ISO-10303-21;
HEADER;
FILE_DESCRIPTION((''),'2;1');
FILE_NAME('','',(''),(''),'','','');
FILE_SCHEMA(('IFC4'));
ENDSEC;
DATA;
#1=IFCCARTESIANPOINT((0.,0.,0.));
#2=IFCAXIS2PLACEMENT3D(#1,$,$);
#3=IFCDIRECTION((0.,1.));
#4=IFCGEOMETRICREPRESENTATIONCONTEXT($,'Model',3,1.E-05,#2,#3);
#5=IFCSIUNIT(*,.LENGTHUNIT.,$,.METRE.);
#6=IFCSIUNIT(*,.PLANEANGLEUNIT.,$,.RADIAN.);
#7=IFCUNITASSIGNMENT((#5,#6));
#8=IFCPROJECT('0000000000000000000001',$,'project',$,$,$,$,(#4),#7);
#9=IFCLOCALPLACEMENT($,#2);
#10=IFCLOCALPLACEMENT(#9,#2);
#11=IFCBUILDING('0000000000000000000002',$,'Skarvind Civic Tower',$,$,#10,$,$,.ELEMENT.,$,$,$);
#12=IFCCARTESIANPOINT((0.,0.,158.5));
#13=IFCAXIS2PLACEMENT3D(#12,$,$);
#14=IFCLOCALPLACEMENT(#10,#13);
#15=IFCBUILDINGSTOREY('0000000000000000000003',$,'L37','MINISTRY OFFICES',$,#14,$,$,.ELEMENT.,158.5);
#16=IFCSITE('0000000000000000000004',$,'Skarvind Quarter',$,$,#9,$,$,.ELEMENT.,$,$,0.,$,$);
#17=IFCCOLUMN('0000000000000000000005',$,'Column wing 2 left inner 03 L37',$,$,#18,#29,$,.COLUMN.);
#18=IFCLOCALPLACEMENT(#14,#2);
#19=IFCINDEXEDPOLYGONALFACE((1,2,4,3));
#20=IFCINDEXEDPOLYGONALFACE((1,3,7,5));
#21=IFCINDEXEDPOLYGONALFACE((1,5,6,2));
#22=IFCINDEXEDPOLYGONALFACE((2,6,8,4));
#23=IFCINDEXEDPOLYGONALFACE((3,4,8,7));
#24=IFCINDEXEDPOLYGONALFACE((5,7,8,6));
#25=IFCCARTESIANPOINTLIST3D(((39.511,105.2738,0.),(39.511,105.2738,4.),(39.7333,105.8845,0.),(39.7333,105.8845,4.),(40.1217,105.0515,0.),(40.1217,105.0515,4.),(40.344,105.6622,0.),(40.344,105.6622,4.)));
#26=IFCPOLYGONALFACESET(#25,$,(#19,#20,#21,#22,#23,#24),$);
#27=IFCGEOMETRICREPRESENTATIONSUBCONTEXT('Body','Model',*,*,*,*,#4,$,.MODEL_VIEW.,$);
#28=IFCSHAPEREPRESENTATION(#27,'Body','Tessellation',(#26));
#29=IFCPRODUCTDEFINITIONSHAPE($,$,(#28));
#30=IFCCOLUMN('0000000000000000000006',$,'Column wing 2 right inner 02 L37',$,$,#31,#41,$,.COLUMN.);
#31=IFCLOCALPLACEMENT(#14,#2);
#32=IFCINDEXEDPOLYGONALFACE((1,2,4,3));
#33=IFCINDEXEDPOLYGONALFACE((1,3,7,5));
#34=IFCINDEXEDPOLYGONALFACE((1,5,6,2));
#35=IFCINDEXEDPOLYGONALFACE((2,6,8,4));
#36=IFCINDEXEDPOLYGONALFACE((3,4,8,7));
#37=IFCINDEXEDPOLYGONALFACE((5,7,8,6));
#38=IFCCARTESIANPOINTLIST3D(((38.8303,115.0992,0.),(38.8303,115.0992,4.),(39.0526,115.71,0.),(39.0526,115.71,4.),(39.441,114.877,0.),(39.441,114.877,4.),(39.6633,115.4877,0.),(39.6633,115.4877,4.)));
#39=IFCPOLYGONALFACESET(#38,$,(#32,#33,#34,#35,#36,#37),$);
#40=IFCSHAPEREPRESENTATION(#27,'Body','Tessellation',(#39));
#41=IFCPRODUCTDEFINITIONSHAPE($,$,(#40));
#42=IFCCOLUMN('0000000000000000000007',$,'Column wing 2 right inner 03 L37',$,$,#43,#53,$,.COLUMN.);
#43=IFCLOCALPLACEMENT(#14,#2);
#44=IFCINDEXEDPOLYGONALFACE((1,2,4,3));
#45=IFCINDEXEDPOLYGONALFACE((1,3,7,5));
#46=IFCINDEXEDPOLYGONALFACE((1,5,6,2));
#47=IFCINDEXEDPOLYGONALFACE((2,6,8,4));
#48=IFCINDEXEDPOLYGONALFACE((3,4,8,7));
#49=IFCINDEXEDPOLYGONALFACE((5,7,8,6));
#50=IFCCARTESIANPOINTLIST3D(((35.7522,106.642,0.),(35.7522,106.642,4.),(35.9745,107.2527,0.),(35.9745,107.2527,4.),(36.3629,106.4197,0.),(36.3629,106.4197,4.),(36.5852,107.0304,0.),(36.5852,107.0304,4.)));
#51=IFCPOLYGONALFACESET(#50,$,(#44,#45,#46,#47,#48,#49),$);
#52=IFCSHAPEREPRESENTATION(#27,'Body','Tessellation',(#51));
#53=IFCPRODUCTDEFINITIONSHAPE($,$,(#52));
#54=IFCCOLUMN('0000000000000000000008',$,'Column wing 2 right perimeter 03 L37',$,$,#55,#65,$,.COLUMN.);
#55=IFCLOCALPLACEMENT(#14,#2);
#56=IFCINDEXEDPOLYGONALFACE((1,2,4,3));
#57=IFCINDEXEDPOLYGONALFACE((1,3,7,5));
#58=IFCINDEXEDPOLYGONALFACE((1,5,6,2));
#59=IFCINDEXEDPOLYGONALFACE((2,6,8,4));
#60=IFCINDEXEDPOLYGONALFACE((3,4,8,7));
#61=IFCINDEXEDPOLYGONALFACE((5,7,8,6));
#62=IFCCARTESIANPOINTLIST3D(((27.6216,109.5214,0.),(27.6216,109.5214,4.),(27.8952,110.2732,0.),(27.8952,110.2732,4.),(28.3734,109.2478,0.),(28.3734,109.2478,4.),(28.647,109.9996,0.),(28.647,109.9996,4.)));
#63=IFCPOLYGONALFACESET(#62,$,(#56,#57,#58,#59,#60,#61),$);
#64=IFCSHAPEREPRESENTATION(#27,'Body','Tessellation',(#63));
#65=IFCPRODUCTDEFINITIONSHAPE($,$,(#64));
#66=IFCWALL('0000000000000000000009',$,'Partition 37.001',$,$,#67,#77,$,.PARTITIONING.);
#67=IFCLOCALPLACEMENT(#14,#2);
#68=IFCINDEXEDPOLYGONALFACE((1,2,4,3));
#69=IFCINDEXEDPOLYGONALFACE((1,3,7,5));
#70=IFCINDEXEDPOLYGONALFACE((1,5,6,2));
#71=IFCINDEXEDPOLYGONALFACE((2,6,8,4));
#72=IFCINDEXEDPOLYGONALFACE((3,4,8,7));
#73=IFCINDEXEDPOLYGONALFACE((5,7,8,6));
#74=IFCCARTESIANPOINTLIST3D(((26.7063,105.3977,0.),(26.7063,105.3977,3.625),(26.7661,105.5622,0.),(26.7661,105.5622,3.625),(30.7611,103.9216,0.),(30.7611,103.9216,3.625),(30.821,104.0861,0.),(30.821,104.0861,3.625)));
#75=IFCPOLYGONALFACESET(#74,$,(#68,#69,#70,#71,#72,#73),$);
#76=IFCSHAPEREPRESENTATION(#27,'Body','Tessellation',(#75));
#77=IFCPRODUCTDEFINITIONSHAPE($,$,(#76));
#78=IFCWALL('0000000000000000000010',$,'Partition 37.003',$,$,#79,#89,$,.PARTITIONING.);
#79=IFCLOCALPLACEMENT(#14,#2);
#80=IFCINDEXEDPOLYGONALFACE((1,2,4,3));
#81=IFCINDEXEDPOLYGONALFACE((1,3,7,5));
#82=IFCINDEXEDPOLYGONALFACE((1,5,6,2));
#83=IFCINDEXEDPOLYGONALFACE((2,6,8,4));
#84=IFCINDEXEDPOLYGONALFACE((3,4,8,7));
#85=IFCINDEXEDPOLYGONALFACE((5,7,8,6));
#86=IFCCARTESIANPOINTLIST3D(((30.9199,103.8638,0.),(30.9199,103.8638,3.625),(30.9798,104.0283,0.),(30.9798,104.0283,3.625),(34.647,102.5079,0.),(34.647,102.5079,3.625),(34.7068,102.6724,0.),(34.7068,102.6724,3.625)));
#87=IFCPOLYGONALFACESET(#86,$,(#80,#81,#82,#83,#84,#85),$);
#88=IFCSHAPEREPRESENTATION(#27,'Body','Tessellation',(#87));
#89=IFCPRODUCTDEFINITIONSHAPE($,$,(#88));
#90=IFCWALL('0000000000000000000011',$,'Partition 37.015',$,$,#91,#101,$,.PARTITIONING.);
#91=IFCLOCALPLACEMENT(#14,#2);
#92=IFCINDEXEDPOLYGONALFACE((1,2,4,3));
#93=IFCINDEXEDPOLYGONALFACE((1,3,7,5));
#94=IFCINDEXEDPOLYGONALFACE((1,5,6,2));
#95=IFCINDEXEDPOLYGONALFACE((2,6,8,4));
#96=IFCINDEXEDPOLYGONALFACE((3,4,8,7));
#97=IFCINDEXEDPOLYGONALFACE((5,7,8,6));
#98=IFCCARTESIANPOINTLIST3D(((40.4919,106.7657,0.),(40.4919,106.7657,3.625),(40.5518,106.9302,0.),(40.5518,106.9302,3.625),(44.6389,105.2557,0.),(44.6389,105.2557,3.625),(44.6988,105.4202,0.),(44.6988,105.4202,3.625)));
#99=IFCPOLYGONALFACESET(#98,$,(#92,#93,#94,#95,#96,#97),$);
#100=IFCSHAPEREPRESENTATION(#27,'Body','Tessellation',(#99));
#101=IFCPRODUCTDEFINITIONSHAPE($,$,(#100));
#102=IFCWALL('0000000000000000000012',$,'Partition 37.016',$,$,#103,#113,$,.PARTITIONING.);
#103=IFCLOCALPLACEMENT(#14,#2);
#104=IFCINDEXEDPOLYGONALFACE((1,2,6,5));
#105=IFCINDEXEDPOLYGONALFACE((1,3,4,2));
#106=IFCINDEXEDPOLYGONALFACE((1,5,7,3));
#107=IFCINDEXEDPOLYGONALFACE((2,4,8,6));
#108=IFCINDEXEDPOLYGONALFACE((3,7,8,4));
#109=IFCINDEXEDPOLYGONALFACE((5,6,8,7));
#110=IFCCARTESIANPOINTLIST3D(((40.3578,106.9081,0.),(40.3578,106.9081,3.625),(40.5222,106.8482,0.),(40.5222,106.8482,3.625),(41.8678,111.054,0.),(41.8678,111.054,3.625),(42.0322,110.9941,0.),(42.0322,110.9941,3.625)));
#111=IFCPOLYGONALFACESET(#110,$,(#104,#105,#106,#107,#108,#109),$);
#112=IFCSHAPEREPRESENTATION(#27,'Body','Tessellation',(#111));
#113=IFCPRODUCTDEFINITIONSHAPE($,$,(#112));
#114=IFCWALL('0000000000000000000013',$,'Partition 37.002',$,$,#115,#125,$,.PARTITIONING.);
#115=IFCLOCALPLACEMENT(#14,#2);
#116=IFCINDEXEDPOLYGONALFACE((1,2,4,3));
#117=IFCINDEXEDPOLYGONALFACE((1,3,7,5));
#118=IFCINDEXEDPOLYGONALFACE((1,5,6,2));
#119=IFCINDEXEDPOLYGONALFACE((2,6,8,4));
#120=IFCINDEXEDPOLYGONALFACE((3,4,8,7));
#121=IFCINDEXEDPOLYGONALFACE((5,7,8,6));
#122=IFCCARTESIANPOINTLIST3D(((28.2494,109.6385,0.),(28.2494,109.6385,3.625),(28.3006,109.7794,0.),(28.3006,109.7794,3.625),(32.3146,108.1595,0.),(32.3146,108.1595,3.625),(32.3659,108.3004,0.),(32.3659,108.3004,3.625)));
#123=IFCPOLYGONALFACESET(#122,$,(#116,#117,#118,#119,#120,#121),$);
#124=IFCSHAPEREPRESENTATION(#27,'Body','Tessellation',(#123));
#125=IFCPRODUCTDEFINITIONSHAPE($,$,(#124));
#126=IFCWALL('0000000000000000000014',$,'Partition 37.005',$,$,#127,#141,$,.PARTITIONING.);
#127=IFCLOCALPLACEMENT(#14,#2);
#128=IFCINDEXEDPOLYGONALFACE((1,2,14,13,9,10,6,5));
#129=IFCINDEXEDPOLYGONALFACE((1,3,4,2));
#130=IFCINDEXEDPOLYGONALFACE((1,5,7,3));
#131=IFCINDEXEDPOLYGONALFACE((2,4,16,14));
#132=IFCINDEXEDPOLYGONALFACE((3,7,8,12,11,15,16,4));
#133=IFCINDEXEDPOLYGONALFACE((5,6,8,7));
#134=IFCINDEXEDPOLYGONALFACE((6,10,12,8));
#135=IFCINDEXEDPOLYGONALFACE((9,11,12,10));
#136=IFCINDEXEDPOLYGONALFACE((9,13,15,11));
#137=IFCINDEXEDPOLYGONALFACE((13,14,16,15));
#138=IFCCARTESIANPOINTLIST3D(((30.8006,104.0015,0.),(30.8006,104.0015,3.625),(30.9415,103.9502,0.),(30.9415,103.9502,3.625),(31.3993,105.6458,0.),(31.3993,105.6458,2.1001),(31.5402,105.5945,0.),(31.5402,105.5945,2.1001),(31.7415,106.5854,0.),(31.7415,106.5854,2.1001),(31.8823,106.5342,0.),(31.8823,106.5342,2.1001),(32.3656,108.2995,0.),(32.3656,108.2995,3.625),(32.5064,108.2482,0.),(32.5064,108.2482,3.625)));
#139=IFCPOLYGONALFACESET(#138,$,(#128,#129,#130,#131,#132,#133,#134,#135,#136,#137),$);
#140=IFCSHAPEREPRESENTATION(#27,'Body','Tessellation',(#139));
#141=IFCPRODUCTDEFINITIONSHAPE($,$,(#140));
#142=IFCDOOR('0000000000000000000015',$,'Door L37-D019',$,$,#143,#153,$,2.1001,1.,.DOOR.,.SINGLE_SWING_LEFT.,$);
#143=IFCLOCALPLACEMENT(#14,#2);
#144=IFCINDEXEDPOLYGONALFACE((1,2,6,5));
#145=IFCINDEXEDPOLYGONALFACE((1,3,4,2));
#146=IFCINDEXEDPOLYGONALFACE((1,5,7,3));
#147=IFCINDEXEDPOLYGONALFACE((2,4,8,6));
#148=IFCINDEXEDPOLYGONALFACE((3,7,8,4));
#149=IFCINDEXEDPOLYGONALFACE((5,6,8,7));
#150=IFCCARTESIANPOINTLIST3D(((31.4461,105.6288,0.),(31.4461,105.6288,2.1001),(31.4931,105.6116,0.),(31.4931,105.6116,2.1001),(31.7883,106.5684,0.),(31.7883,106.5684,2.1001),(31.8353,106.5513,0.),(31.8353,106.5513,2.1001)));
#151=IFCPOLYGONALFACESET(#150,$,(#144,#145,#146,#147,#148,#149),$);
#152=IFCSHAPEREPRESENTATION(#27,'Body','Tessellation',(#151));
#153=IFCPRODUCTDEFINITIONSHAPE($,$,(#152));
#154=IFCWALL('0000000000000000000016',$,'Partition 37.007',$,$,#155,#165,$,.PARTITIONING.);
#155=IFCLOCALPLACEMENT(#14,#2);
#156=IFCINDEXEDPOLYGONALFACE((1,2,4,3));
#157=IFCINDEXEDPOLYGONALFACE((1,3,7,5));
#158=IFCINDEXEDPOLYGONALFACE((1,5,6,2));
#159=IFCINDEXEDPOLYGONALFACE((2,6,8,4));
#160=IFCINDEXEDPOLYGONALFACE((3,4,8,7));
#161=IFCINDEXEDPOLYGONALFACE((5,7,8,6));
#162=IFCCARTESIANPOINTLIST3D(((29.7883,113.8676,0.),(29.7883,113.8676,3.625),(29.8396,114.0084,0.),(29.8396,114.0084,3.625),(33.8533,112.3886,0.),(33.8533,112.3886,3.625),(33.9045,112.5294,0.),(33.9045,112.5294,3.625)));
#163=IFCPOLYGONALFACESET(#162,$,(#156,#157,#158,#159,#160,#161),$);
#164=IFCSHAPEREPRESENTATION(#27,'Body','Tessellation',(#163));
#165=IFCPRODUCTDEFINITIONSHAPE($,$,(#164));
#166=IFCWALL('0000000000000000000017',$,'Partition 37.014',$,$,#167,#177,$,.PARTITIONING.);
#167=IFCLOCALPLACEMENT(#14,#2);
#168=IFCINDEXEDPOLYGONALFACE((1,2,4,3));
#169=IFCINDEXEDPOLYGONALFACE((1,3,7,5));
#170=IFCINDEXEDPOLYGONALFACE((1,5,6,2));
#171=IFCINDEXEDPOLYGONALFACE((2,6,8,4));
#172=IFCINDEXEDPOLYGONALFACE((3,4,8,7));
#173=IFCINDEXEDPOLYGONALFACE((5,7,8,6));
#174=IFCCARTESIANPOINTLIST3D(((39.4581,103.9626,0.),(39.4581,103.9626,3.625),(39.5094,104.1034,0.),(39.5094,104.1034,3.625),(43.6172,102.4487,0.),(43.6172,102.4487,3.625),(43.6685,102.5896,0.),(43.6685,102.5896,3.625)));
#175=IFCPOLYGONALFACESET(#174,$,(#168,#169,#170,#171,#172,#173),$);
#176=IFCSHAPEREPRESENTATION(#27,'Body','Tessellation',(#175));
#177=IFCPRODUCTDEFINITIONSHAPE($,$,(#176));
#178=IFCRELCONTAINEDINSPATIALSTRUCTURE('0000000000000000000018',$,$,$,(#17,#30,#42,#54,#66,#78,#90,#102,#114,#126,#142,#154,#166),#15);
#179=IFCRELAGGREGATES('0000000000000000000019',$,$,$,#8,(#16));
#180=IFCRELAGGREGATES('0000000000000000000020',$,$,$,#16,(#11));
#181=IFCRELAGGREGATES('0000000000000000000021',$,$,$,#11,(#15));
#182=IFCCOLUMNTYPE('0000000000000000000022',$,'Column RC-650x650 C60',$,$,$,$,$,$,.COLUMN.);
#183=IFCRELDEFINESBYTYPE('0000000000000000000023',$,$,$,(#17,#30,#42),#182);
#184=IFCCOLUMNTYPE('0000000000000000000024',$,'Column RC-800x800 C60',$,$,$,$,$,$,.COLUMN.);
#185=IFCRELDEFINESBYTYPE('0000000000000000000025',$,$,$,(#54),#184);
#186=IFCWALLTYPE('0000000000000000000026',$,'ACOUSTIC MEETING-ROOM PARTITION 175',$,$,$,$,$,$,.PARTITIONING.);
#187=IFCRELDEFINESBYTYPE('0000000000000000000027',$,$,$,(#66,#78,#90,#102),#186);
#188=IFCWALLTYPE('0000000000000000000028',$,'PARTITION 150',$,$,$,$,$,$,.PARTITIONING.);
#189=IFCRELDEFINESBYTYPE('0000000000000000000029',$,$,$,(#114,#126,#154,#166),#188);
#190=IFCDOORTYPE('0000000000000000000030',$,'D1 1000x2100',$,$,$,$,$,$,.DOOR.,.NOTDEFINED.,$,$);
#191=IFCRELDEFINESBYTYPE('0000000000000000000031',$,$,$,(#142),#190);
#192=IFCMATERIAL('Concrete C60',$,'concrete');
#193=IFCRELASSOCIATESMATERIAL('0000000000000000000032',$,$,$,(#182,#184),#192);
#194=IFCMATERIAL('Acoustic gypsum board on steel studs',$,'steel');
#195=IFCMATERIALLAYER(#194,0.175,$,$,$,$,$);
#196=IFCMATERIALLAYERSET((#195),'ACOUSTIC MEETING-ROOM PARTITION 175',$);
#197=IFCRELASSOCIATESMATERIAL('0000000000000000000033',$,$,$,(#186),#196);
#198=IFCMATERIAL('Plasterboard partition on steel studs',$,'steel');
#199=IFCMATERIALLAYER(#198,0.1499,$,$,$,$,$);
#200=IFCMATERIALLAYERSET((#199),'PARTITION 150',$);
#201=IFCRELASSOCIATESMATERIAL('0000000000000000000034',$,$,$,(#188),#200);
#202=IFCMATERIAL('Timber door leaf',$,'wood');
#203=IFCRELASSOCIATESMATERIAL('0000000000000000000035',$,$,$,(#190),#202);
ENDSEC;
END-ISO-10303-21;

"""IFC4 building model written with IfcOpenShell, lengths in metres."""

from ifc_helpers import new_model, si_unit, direction, frame, frame_2d, origin, origin_2d, place, context, subcontext, project, spatial, rectangle, extrude, material, layer, layer_set, material_profile, profile_set, type_object, element, fill, save


model = new_model("IFC4")

# Units and contexts
model_context = context("Model", 3, precision=1e-05, world=origin(), true_north=direction((0.0, 1.0)))
body_context = subcontext(model_context, "Body", "Model", "MODEL_VIEW")
ifc_project = project(units=[si_unit("LENGTHUNIT", "METRE"), si_unit("PLANEANGLEUNIT", "RADIAN")], contexts=[model_context])

# Site, building, storey
site_placement = place(None, origin())
site = spatial("IfcSite", under=ifc_project, at=site_placement, Name="Skarvind Quarter", CompositionType="ELEMENT", RefElevation=0.0)
building_placement = place(site_placement, origin())
building = spatial("IfcBuilding", under=site, at=building_placement, Name="Skarvind Civic Tower", CompositionType="ELEMENT")
storey_placement = place(building_placement, frame((0.0, 0.0, 158.5)))
storey = spatial("IfcBuildingStorey", under=building, at=storey_placement, Name="L37", Description="MINISTRY OFFICES", CompositionType="ELEMENT", Elevation=158.5)

# Columns
ifc_material_1 = material(Name="Concrete C60", Category="concrete")
ifc_material_profile_1 = material_profile(ifc_material_1, rectangle(XDim=0.6499, YDim=0.6499, at=origin_2d()), Name="RC-650x650")
ifc_profile_set_1 = profile_set([ifc_material_profile_1], Name="Concrete C60")
column_type_1 = type_object("IfcColumnType", Name="Column RC-650x650 C60", PredefinedType="COLUMN", material=ifc_profile_set_1)
for number, where, z_axis, x_axis, name in (
    (1, (39.9275, 105.468, 0.0), (0.0, 0.0, 1.0), (-0.34202, -0.939693, 0.0), "Column wing 2 left inner 03 L37"),
    (2, (39.2468, 115.2935, 0.0), (0.0, 0.0, 1.0), (-0.34202, -0.939693, 0.0), "Column wing 2 right inner 02 L37"),
    (3, (36.1687, 106.8362, 0.0), (0.0, 0.0, 1.0), (-0.34202, -0.939693, 0.0), "Column wing 2 right inner 03 L37"),
):
    element("IfcColumn", number, at=place(storey_placement, frame(where, z_axis=z_axis, x_axis=x_axis)), inside=storey, type_object=column_type_1, Name=name, PredefinedType="COLUMN", context=body_context, shape_type="SweptSolid", body=[
        extrude(rectangle(XDim=0.6499, YDim=0.6499, at=origin_2d()), origin(), (0.0, 0.0, 1.0), 4.0),
    ])
ifc_material_profile_2 = material_profile(ifc_material_1, rectangle(XDim=0.8, YDim=0.8, at=origin_2d()), Name="RC-800x800")
ifc_profile_set_2 = profile_set([ifc_material_profile_2], Name="Concrete C60")
column_type_2 = type_object("IfcColumnType", Name="Column RC-800x800 C60", PredefinedType="COLUMN", material=ifc_profile_set_2)
column_placement = place(storey_placement, frame((28.1343, 109.7605, 0.0), z_axis=(0.0, 0.0, 1.0), x_axis=(-0.34202, -0.939693, 0.0)))
element("IfcColumn", 4, at=column_placement, inside=storey, type_object=column_type_2, Name="Column wing 2 right perimeter 03 L37", PredefinedType="COLUMN", context=body_context, shape_type="SweptSolid", body=[
    extrude(rectangle(XDim=0.8, YDim=0.8, at=origin_2d()), origin(), (0.0, 0.0, 1.0), 4.0),
])

# Walls
ifc_material_2 = material(Name="Acoustic gypsum board on steel studs", Category="steel")
ifc_layer_1 = layer(ifc_material_2, 0.175)
ifc_layer_set_1 = layer_set([ifc_layer_1], Name="ACOUSTIC MEETING-ROOM PARTITION 175")
wall_type_1 = type_object("IfcWallType", Name="ACOUSTIC MEETING-ROOM PARTITION 175", PredefinedType="PARTITIONING", material=ifc_layer_set_1)
wall_1_placement = place(storey_placement, frame((26.7361, 105.48, 0.0), z_axis=(0.0, 0.0, 1.0), x_axis=(0.939678, -0.342061, 0.0)))
element("IfcWall", 5, at=wall_1_placement, inside=storey, type_object=wall_type_1, Name="Partition 37.001", PredefinedType="PARTITIONING", context=body_context, shape_type="SweptSolid", body=[
    extrude(rectangle(XDim=4.3152, YDim=0.175, at=frame_2d((2.1577, 0.0))), origin(), (0.0, 0.0, 1.0), 3.625),
])
wall_2_placement = place(storey_placement, frame((30.95, 103.946, 0.0), z_axis=(0.0, 0.0, 1.0), x_axis=(0.939739, -0.341891, 0.0)))
element("IfcWall", 6, at=wall_2_placement, inside=storey, type_object=wall_type_1, Name="Partition 37.003", PredefinedType="PARTITIONING", context=body_context, shape_type="SweptSolid", body=[
    extrude(rectangle(XDim=3.9661, YDim=0.175, at=frame_2d((1.9829, 0.0))), origin(), (0.0, 0.0, 1.0), 3.625),
])
wall_3_placement = place(storey_placement, frame((40.522, 106.8479, 0.0), z_axis=(0.0, 0.0, 1.0), x_axis=(0.939646, -0.342147, 0.0)))
element("IfcWall", 7, at=wall_3_placement, inside=storey, type_object=wall_type_1, Name="Partition 37.015", PredefinedType="PARTITIONING", context=body_context, shape_type="SweptSolid", body=[
    extrude(rectangle(XDim=4.4133, YDim=0.175, at=frame_2d((2.2065, 0.0))), origin(), (0.0, 0.0, 1.0), 3.625),
])
wall_4_placement = place(storey_placement, frame((41.95, 111.0239, 0.0), z_axis=(0.0, 0.0, 1.0), x_axis=(-0.342218, -0.93962, 0.0)))
element("IfcWall", 8, at=wall_4_placement, inside=storey, type_object=wall_type_1, Name="Partition 37.016", PredefinedType="PARTITIONING", context=body_context, shape_type="SweptSolid", body=[
    extrude(rectangle(XDim=4.4124, YDim=0.175, at=frame_2d((2.2061, 0.0))), origin(), (0.0, 0.0, 1.0), 3.625),
])
ifc_material_3 = material(Name="Plasterboard partition on steel studs", Category="steel")
ifc_layer_2 = layer(ifc_material_3, 0.1499)
ifc_layer_set_2 = layer_set([ifc_layer_2], Name="PARTITION 150")
wall_type_2 = type_object("IfcWallType", Name="PARTITION 150", PredefinedType="PARTITIONING", material=ifc_layer_set_2)
wall_5_placement = place(storey_placement, frame((28.2749, 109.709, 0.0), z_axis=(0.0, 0.0, 1.0), x_axis=(0.939737, -0.341897, 0.0)))
element("IfcWall", 9, at=wall_5_placement, inside=storey, type_object=wall_type_2, Name="Partition 37.002", PredefinedType="PARTITIONING", context=body_context, shape_type="SweptSolid", body=[
    extrude(rectangle(XDim=4.3259, YDim=0.1499, at=frame_2d((2.1631, 0.0))), origin(), (0.0, 0.0, 1.0), 3.625),
])

# Wall, opening, door
wall_6_placement = place(storey_placement, frame((32.436, 108.2739, 0.0), z_axis=(0.0, 0.0, 1.0), x_axis=(-0.342146, -0.939647, 0.0)))
wall_6 = element("IfcWall", 10, at=wall_6_placement, inside=storey, type_object=wall_type_2, Name="Partition 37.005", PredefinedType="PARTITIONING", context=body_context, shape_type="SweptSolid", body=[
    extrude(rectangle(XDim=4.574, YDim=0.1499, at=frame_2d((2.2871, 0.0))), origin(), (0.0, 0.0, 1.0), 3.625),
])
opening_placement = place(wall_6_placement, frame((1.8242, 0.0, 0.0)))
opening = element("IfcOpeningElement", 11, at=opening_placement, cuts=wall_6, PredefinedType="OPENING", context=body_context, shape_type="SweptSolid", body=[
    extrude(rectangle(XDim=1.0, YDim=2.1001, at=frame_2d((0.5, 1.05))), frame((0.0, 0.085, 0.0), z_axis=(0.0, -1.0, 0.0), x_axis=(1.0, 0.0, 0.0)), (0.0, 0.0, 1.0), 0.1699),
])
ifc_material_4 = material(Name="Timber door leaf", Category="wood")
door_type = type_object("IfcDoorType", Name="D1 1000x2100", OperationType="NOTDEFINED", PredefinedType="DOOR", material=ifc_material_4)
door_placement = place(opening_placement, origin())
door = element("IfcDoor", 12, at=door_placement, inside=storey, type_object=door_type, Name="Door L37-D019", OperationType="SINGLE_SWING_LEFT", OverallHeight=2.1001, OverallWidth=1.0, PredefinedType="DOOR", context=body_context, shape_type="SweptSolid", body=[
    extrude(rectangle(XDim=1.0, YDim=2.1001, at=frame_2d((0.5, 1.05))), frame((0.0, 0.0249, 0.0), z_axis=(0.0, -1.0, 0.0), x_axis=(1.0, 0.0, 0.0)), (0.0, 0.0, 1.0), 0.05),
])
fill(opening, door)

# Walls
wall_7_placement = place(storey_placement, frame((33.8789, 112.459, 0.0), z_axis=(0.0, 0.0, 1.0), x_axis=(-0.939731, 0.341915, 0.0)))
element("IfcWall", 13, at=wall_7_placement, inside=storey, type_object=wall_type_2, Name="Partition 37.007", PredefinedType="PARTITIONING", context=body_context, shape_type="SweptSolid", body=[
    extrude(rectangle(XDim=4.3257, YDim=0.1499, at=frame_2d((2.1628, 0.0))), origin(), (0.0, 0.0, 1.0), 3.625),
])
wall_8_placement = place(storey_placement, frame((39.4839, 104.033, 0.0), z_axis=(0.0, 0.0, 1.0), x_axis=(0.939685, -0.34204, 0.0)))
element("IfcWall", 14, at=wall_8_placement, inside=storey, type_object=wall_type_2, Name="Partition 37.014", PredefinedType="PARTITIONING", context=body_context, shape_type="SweptSolid", body=[
    extrude(rectangle(XDim=4.426, YDim=0.1499, at=frame_2d((2.2129, 0.0))), origin(), (0.0, 0.0, 1.0), 3.625),
])

save(model, "model.ifc")
